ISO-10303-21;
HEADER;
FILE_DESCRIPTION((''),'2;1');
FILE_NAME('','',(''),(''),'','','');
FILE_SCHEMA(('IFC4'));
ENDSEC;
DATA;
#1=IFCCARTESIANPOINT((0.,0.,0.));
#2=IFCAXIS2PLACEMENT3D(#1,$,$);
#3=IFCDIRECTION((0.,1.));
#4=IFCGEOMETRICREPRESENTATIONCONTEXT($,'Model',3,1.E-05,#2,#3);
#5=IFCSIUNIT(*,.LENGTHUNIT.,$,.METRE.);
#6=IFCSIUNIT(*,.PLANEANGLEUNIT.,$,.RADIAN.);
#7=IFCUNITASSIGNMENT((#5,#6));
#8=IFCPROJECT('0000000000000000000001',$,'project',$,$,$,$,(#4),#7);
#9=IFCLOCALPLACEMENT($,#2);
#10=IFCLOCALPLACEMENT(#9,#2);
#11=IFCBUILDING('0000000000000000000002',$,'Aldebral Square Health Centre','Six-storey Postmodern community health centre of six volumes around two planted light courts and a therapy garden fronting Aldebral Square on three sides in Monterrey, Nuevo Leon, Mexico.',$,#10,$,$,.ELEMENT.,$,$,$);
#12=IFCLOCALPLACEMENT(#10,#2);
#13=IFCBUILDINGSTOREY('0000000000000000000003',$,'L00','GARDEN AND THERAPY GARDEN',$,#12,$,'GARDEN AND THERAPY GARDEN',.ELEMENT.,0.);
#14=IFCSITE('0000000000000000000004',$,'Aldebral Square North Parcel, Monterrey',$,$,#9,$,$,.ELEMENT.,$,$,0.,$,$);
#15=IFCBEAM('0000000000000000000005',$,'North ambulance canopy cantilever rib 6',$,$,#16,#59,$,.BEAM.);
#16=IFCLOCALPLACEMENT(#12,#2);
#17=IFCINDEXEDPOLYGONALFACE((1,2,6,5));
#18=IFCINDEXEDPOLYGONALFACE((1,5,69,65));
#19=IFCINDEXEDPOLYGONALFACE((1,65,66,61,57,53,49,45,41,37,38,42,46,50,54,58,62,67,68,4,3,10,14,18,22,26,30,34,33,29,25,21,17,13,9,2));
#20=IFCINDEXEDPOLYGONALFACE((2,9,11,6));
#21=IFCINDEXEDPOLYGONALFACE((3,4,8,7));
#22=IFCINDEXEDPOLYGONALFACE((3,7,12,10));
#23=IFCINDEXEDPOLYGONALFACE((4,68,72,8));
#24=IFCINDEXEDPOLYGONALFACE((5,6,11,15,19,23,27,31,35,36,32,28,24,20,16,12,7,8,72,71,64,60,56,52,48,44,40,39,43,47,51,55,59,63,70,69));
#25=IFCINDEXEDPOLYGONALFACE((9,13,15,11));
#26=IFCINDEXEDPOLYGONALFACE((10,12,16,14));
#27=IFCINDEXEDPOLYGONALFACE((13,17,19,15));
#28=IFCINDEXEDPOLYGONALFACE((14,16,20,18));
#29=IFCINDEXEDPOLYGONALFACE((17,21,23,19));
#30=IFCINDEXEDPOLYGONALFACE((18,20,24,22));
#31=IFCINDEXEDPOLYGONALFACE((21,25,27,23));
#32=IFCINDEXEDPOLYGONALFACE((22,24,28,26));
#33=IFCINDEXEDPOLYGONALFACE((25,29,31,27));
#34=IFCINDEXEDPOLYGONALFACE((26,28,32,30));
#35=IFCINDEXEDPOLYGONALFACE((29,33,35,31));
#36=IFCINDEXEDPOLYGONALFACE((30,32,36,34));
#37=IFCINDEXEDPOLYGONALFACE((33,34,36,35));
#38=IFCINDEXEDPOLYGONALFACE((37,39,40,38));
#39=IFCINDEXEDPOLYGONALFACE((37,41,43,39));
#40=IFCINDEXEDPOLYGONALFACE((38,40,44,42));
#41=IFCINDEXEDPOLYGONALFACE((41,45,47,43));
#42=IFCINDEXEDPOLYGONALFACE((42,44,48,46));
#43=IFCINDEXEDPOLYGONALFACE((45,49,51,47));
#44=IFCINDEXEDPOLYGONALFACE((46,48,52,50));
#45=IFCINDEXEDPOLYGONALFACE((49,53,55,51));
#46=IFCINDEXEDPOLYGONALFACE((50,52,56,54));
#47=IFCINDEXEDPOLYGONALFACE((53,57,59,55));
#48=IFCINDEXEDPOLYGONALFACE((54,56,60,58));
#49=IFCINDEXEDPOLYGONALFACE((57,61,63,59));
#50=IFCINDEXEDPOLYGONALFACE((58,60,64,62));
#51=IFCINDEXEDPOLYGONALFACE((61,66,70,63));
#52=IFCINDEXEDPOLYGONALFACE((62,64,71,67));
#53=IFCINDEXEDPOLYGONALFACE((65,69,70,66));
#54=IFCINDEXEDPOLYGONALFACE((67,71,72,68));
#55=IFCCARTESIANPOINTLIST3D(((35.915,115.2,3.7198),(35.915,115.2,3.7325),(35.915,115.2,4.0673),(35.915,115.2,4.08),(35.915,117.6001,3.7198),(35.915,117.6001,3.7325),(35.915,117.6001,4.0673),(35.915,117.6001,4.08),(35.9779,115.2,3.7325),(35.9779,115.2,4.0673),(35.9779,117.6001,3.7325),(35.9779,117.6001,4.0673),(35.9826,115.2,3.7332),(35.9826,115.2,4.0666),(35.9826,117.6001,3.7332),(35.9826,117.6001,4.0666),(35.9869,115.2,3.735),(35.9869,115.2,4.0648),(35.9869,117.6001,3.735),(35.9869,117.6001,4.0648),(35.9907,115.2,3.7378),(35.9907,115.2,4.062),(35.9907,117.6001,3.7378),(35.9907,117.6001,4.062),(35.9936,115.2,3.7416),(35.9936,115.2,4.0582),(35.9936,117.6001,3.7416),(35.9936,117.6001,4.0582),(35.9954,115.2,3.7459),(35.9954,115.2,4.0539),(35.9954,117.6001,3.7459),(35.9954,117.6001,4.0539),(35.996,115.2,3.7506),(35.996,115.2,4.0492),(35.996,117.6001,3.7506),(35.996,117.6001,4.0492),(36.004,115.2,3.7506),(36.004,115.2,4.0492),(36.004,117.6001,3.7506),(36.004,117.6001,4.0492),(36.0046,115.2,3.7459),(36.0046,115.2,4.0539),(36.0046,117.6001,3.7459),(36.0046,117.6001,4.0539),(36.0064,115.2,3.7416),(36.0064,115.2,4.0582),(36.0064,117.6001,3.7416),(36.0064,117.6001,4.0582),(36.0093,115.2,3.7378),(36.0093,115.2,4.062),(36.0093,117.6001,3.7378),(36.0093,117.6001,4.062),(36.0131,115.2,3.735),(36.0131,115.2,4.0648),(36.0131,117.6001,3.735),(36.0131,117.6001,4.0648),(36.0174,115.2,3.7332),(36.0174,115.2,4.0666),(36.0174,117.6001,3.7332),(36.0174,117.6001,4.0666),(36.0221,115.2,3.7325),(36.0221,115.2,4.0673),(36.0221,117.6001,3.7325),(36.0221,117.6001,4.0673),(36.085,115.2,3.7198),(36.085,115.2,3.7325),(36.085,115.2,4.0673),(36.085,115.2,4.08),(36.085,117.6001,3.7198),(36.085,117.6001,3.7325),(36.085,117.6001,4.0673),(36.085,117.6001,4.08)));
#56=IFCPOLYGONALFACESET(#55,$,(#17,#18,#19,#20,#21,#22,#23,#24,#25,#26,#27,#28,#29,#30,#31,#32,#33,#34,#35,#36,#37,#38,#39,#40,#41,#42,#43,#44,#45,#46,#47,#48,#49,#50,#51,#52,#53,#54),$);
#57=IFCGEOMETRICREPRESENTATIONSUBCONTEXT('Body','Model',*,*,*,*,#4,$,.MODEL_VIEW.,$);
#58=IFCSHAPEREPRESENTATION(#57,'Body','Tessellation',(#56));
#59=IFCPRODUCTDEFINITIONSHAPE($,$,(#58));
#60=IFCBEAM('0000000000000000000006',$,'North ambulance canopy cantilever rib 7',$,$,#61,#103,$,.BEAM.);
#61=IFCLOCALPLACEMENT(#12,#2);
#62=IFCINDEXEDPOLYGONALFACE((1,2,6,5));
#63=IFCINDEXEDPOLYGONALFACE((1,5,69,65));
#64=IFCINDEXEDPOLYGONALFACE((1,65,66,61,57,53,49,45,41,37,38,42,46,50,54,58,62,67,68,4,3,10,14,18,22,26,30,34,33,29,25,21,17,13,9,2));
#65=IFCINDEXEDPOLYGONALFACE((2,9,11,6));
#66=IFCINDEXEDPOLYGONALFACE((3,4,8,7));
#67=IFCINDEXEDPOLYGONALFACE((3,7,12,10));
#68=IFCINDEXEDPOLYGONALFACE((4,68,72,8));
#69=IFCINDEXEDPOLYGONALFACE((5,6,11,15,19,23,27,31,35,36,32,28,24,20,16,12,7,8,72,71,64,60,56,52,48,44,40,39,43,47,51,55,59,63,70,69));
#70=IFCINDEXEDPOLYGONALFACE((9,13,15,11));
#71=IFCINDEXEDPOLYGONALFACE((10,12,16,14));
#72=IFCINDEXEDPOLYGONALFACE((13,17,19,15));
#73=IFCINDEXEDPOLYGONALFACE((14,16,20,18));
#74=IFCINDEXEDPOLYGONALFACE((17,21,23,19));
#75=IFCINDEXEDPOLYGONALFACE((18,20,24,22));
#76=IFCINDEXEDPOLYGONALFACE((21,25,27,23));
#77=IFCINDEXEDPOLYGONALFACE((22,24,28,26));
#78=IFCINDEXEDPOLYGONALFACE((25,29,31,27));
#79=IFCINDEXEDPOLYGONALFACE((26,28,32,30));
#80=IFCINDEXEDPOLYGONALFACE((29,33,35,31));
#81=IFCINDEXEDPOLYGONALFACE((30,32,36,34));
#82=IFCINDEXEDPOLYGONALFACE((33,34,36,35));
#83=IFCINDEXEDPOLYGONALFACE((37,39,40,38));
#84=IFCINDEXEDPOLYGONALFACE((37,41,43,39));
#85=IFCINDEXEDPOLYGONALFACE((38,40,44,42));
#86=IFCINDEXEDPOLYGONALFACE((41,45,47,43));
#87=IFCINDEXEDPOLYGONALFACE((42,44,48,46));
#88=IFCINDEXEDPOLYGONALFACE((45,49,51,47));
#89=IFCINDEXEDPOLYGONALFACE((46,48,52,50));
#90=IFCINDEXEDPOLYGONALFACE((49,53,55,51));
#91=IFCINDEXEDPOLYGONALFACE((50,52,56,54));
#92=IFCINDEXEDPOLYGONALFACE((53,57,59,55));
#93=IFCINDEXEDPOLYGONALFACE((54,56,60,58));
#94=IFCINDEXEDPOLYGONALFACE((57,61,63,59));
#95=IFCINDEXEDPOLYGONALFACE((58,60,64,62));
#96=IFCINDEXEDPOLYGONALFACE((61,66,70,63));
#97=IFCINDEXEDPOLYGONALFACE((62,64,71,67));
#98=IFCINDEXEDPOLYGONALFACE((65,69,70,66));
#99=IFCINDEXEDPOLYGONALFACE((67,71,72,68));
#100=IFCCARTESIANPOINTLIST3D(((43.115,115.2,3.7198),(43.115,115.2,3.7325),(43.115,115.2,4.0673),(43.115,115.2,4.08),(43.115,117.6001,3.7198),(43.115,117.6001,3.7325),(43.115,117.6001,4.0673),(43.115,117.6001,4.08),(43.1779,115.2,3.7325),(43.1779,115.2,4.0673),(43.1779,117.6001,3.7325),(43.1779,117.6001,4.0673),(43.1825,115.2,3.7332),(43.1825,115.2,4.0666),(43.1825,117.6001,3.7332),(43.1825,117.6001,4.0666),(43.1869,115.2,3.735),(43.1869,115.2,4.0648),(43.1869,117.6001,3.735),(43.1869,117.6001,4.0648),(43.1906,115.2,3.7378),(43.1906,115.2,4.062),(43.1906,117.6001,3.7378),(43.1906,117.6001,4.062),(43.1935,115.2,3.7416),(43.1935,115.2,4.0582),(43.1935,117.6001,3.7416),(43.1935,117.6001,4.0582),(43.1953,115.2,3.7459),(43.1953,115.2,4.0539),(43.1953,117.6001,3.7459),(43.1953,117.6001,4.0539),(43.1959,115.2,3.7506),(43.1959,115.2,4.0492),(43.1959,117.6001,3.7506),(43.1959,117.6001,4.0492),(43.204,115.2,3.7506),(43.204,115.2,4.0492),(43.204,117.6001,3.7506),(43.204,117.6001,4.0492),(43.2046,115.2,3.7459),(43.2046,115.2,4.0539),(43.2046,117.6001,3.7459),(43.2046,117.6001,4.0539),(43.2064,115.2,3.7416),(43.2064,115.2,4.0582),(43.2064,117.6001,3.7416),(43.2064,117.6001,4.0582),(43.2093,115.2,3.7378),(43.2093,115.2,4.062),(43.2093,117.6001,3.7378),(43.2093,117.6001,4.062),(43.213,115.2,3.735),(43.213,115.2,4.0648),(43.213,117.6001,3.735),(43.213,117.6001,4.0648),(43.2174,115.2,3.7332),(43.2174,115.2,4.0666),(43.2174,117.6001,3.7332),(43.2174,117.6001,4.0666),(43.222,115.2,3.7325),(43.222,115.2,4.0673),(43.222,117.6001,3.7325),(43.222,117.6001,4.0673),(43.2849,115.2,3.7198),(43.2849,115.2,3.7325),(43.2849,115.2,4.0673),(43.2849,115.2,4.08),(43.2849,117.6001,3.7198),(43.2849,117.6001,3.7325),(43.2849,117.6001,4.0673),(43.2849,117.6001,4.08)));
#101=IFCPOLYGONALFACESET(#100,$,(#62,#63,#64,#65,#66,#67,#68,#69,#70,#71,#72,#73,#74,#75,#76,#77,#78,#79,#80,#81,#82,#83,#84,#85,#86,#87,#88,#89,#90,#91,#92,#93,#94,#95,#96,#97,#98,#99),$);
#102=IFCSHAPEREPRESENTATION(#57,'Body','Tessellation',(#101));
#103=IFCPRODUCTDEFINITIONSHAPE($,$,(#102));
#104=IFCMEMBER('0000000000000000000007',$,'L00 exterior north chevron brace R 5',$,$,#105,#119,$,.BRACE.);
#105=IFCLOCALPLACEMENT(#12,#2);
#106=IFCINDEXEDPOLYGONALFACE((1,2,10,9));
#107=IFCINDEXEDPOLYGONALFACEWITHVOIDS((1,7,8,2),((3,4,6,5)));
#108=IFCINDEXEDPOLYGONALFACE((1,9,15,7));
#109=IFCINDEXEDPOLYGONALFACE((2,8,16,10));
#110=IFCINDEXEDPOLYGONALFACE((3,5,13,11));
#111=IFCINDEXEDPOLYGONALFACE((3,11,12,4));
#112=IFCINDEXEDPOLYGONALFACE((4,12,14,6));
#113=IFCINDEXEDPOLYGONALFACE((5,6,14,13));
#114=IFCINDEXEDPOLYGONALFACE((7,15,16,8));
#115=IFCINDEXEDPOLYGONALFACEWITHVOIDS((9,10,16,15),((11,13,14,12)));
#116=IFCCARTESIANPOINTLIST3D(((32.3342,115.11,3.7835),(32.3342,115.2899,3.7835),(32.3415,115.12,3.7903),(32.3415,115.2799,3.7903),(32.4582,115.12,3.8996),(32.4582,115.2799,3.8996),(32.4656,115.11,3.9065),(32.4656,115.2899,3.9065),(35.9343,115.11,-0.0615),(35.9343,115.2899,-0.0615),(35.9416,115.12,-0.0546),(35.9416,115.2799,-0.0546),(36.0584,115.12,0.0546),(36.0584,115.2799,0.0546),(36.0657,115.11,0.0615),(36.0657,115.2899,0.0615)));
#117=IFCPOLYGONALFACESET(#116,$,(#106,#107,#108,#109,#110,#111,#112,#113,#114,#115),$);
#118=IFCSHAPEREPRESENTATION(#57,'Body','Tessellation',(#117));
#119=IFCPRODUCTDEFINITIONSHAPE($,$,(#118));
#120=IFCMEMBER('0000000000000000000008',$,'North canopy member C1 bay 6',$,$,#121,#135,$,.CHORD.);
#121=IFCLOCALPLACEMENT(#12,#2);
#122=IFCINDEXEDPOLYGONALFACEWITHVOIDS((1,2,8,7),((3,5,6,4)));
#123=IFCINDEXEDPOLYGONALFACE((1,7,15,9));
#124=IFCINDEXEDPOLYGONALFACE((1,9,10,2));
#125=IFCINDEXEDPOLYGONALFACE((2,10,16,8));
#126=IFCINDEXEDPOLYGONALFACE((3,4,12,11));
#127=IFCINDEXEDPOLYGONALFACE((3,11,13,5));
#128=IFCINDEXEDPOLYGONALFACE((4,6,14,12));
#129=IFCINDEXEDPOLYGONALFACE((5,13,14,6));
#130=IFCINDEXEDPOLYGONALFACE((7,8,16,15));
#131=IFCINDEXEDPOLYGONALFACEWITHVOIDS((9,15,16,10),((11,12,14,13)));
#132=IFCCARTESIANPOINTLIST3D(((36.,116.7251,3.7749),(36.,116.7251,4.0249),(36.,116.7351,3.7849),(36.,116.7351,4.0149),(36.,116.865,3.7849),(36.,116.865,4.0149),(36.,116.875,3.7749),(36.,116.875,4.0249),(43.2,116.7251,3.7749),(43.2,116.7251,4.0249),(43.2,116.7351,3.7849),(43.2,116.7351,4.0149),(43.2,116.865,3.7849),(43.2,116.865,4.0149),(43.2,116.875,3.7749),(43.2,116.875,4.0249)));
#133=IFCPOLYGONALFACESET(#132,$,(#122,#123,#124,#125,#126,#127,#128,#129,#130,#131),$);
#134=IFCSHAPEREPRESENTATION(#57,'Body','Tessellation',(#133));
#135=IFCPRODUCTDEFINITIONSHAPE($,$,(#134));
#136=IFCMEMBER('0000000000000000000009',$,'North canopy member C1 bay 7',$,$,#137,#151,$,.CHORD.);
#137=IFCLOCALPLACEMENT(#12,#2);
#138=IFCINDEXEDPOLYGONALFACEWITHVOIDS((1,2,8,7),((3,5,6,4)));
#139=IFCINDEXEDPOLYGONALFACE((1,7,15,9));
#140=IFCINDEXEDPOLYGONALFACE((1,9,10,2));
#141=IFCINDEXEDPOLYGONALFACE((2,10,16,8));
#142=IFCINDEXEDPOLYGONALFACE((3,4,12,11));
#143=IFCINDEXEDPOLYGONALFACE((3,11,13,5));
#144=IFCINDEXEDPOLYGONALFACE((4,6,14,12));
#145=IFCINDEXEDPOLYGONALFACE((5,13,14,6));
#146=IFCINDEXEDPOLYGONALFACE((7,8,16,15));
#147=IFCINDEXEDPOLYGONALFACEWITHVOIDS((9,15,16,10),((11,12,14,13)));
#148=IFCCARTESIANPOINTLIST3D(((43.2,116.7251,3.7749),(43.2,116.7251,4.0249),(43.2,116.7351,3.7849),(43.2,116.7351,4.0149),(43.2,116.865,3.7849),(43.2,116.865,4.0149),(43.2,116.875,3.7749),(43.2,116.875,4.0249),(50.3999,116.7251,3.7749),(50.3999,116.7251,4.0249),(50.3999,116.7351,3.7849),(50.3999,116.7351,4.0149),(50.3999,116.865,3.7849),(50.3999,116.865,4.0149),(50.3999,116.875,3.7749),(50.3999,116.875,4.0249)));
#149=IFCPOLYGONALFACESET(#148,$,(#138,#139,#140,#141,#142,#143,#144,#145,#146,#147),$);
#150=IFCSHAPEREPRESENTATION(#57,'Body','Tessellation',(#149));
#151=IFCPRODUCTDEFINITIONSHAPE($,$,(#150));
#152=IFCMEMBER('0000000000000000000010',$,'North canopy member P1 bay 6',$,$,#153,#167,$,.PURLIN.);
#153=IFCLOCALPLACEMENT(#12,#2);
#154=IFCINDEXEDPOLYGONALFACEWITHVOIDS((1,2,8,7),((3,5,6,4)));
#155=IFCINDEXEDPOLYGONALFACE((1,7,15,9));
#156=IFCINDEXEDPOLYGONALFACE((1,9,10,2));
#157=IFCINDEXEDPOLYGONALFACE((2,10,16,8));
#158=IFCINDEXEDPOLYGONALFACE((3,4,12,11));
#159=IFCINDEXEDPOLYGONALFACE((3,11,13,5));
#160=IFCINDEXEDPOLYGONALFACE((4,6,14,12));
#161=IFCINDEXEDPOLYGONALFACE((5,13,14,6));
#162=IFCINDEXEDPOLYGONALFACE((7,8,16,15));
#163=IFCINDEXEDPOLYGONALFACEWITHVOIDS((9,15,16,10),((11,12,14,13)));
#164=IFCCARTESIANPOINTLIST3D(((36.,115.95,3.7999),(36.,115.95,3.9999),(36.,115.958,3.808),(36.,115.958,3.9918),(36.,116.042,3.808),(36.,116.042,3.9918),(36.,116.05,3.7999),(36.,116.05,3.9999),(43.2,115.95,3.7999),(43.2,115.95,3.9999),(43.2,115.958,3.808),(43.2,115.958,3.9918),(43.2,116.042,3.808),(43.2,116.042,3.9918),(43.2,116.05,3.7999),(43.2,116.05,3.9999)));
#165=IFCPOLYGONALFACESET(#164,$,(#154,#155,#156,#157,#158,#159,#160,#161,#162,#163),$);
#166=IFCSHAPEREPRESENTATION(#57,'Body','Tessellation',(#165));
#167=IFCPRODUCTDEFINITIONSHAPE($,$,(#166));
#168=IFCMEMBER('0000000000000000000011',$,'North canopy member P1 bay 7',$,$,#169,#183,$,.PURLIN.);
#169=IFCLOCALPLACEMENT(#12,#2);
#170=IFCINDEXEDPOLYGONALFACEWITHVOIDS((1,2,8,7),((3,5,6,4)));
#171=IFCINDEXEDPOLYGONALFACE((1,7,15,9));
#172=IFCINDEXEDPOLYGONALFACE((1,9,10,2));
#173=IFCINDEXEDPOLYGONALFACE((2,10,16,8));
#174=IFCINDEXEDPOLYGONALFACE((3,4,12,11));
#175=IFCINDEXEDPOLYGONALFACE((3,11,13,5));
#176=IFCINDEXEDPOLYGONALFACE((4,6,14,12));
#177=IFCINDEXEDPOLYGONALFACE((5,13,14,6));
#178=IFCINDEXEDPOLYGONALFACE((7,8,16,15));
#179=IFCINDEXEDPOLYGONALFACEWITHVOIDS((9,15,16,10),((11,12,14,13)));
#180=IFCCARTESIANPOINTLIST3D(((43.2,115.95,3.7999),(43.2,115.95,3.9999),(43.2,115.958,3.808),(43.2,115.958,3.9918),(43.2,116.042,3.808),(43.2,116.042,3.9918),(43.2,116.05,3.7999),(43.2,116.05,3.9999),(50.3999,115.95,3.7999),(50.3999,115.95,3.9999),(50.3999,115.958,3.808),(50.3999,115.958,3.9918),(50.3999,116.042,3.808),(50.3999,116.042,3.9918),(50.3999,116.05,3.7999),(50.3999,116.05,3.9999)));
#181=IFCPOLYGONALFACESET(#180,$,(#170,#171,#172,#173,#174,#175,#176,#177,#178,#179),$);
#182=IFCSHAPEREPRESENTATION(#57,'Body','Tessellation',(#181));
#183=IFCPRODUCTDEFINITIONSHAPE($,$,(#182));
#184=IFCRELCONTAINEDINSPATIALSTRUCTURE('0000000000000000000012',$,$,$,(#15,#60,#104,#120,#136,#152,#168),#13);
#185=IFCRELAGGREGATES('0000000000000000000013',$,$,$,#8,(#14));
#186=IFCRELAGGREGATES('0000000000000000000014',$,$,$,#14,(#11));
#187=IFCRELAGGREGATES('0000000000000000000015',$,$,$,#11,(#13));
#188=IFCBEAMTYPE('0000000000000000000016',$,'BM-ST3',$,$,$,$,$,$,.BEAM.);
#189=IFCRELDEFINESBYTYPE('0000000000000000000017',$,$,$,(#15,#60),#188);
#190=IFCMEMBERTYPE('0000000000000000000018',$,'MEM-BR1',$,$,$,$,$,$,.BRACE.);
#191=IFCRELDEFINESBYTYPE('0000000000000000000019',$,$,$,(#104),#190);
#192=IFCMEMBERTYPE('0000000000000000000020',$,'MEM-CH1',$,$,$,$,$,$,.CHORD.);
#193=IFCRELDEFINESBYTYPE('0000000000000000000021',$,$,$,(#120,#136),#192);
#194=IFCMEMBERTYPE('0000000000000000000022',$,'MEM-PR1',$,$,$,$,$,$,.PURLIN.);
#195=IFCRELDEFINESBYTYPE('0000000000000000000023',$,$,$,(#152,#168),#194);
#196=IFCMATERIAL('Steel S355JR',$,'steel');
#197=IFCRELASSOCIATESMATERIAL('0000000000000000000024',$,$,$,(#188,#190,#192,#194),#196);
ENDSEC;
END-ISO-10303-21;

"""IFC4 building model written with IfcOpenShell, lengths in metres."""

from ifc_helpers import new_model, si_unit, direction, frame, origin, origin_2d, place, context, subcontext, project, spatial, hollow_rectangle, i_section, extrude, material, material_profile, profile_set, type_object, element, save


model = new_model("IFC4")

# Units and contexts
model_context = context("Model", 3, precision=1e-05, world=origin(), true_north=direction((0.0, 1.0)))
body_context = subcontext(model_context, "Body", "Model", "MODEL_VIEW")
ifc_project = project(units=[si_unit("LENGTHUNIT", "METRE"), si_unit("PLANEANGLEUNIT", "RADIAN")], contexts=[model_context])

# Site, building, storey
site_placement = place(None, origin())
site = spatial("IfcSite", under=ifc_project, at=site_placement, Name="Aldebral Square North Parcel, Monterrey", CompositionType="ELEMENT", RefElevation=0.0)
building_placement = place(site_placement, origin())
building = spatial("IfcBuilding", under=site, at=building_placement, Name="Aldebral Square Health Centre", Description="Six-storey Postmodern community health centre of six volumes around two planted light courts and a therapy garden fronting Aldebral Square on three sides in Monterrey, Nuevo Leon, Mexico.", CompositionType="ELEMENT")
storey_placement = place(building_placement, origin())
storey = spatial("IfcBuildingStorey", under=building, at=storey_placement, Name="L00", Description="GARDEN AND THERAPY GARDEN", LongName="GARDEN AND THERAPY GARDEN", CompositionType="ELEMENT", Elevation=0.0)

# Beams
ifc_material_1 = material(Name="Steel S355JR", Category="steel")
ifc_material_profile_1 = material_profile(ifc_material_1, i_section(OverallWidth=0.1699, OverallDepth=0.3601, WebThickness=0.0081, FlangeThickness=0.0127, FilletRadius=0.0181, at=origin_2d()), Name="IPE 360")
ifc_profile_set_1 = profile_set([ifc_material_profile_1], Name="Steel S355JR")
beam_type_1 = type_object("IfcBeamType", Name="BM-ST3", PredefinedType="BEAM", material=ifc_profile_set_1)
for number, where, z_axis, x_axis, name in (
    (1, (36.0, 115.2, 3.8999), (0.0, 1.0, 0.0), (-1.0, 0.0, 0.0), "North ambulance canopy cantilever rib 6"),
    (2, (43.2, 115.2, 3.8999), (0.0, 1.0, 0.0), (-1.0, 0.0, 0.0), "North ambulance canopy cantilever rib 7"),
):
    element("IfcBeam", number, at=place(storey_placement, frame(where, z_axis=z_axis, x_axis=x_axis)), inside=storey, type_object=beam_type_1, Name=name, PredefinedType="BEAM", context=body_context, shape_type="SweptSolid", body=[
        extrude(i_section(OverallWidth=0.1699, OverallDepth=0.3601, WebThickness=0.0081, FlangeThickness=0.0127, FilletRadius=0.0181, at=origin_2d()), origin(), (0.0, 0.0, 1.0), 2.4001),
    ])

# Members
ifc_material_profile_2 = material_profile(ifc_material_1, hollow_rectangle(XDim=0.1799, YDim=0.1799, WallThickness=0.01, at=origin_2d()), Name="180x180x10 SHS")
ifc_profile_set_2 = profile_set([ifc_material_profile_2], Name="Steel S355JR")
member_type_1 = type_object("IfcMemberType", Name="MEM-BR1", PredefinedType="BRACE", material=ifc_profile_set_2)
member_placement = place(storey_placement, frame((36.0, 115.2, 0.0), z_axis=(-0.68348, 0.0, 0.729969), x_axis=(0.0, -1.0, 0.0)))
element("IfcMember", 3, at=member_placement, inside=storey, type_object=member_type_1, Name="L00 exterior north chevron brace R 5", PredefinedType="BRACE", context=body_context, shape_type="SweptSolid", body=[
    extrude(hollow_rectangle(XDim=0.1799, YDim=0.1799, WallThickness=0.01, at=origin_2d()), origin(), (0.0, 0.0, 1.0), 5.2673),
])
ifc_material_profile_3 = material_profile(ifc_material_1, hollow_rectangle(XDim=0.1499, YDim=0.25, WallThickness=0.01, at=origin_2d()), Name="250x150x10 RHS")
ifc_profile_set_3 = profile_set([ifc_material_profile_3], Name="Steel S355JR")
member_type_2 = type_object("IfcMemberType", Name="MEM-CH1", PredefinedType="CHORD", material=ifc_profile_set_3)
for number, where, z_axis, x_axis, name in (
    (4, (36.0, 116.8, 3.8999), (1.0, 0.0, 0.0), (0.0, 1.0, 0.0), "North canopy member C1 bay 6"),
    (5, (43.2, 116.8, 3.8999), (1.0, 0.0, 0.0), (0.0, 1.0, 0.0), "North canopy member C1 bay 7"),
):
    element("IfcMember", number, at=place(storey_placement, frame(where, z_axis=z_axis, x_axis=x_axis)), inside=storey, type_object=member_type_2, Name=name, PredefinedType="CHORD", context=body_context, shape_type="SweptSolid", body=[
        extrude(hollow_rectangle(XDim=0.1499, YDim=0.25, WallThickness=0.01, at=origin_2d()), origin(), (0.0, 0.0, 1.0), 7.2),
    ])
ifc_material_profile_4 = material_profile(ifc_material_1, hollow_rectangle(XDim=0.1001, YDim=0.2, WallThickness=0.0081, at=origin_2d()), Name="200x100x8 RHS")
ifc_profile_set_4 = profile_set([ifc_material_profile_4], Name="Steel S355JR")
member_type_3 = type_object("IfcMemberType", Name="MEM-PR1", PredefinedType="PURLIN", material=ifc_profile_set_4)
for number, where, z_axis, x_axis, name in (
    (6, (36.0, 116.0, 3.8999), (1.0, 0.0, 0.0), (0.0, 1.0, 0.0), "North canopy member P1 bay 6"),
    (7, (43.2, 116.0, 3.8999), (1.0, 0.0, 0.0), (0.0, 1.0, 0.0), "North canopy member P1 bay 7"),
):
    element("IfcMember", number, at=place(storey_placement, frame(where, z_axis=z_axis, x_axis=x_axis)), inside=storey, type_object=member_type_3, Name=name, PredefinedType="PURLIN", context=body_context, shape_type="SweptSolid", body=[
        extrude(hollow_rectangle(XDim=0.1001, YDim=0.2, WallThickness=0.0081, at=origin_2d()), origin(), (0.0, 0.0, 1.0), 7.2),
    ])

save(model, "model.ifc")
